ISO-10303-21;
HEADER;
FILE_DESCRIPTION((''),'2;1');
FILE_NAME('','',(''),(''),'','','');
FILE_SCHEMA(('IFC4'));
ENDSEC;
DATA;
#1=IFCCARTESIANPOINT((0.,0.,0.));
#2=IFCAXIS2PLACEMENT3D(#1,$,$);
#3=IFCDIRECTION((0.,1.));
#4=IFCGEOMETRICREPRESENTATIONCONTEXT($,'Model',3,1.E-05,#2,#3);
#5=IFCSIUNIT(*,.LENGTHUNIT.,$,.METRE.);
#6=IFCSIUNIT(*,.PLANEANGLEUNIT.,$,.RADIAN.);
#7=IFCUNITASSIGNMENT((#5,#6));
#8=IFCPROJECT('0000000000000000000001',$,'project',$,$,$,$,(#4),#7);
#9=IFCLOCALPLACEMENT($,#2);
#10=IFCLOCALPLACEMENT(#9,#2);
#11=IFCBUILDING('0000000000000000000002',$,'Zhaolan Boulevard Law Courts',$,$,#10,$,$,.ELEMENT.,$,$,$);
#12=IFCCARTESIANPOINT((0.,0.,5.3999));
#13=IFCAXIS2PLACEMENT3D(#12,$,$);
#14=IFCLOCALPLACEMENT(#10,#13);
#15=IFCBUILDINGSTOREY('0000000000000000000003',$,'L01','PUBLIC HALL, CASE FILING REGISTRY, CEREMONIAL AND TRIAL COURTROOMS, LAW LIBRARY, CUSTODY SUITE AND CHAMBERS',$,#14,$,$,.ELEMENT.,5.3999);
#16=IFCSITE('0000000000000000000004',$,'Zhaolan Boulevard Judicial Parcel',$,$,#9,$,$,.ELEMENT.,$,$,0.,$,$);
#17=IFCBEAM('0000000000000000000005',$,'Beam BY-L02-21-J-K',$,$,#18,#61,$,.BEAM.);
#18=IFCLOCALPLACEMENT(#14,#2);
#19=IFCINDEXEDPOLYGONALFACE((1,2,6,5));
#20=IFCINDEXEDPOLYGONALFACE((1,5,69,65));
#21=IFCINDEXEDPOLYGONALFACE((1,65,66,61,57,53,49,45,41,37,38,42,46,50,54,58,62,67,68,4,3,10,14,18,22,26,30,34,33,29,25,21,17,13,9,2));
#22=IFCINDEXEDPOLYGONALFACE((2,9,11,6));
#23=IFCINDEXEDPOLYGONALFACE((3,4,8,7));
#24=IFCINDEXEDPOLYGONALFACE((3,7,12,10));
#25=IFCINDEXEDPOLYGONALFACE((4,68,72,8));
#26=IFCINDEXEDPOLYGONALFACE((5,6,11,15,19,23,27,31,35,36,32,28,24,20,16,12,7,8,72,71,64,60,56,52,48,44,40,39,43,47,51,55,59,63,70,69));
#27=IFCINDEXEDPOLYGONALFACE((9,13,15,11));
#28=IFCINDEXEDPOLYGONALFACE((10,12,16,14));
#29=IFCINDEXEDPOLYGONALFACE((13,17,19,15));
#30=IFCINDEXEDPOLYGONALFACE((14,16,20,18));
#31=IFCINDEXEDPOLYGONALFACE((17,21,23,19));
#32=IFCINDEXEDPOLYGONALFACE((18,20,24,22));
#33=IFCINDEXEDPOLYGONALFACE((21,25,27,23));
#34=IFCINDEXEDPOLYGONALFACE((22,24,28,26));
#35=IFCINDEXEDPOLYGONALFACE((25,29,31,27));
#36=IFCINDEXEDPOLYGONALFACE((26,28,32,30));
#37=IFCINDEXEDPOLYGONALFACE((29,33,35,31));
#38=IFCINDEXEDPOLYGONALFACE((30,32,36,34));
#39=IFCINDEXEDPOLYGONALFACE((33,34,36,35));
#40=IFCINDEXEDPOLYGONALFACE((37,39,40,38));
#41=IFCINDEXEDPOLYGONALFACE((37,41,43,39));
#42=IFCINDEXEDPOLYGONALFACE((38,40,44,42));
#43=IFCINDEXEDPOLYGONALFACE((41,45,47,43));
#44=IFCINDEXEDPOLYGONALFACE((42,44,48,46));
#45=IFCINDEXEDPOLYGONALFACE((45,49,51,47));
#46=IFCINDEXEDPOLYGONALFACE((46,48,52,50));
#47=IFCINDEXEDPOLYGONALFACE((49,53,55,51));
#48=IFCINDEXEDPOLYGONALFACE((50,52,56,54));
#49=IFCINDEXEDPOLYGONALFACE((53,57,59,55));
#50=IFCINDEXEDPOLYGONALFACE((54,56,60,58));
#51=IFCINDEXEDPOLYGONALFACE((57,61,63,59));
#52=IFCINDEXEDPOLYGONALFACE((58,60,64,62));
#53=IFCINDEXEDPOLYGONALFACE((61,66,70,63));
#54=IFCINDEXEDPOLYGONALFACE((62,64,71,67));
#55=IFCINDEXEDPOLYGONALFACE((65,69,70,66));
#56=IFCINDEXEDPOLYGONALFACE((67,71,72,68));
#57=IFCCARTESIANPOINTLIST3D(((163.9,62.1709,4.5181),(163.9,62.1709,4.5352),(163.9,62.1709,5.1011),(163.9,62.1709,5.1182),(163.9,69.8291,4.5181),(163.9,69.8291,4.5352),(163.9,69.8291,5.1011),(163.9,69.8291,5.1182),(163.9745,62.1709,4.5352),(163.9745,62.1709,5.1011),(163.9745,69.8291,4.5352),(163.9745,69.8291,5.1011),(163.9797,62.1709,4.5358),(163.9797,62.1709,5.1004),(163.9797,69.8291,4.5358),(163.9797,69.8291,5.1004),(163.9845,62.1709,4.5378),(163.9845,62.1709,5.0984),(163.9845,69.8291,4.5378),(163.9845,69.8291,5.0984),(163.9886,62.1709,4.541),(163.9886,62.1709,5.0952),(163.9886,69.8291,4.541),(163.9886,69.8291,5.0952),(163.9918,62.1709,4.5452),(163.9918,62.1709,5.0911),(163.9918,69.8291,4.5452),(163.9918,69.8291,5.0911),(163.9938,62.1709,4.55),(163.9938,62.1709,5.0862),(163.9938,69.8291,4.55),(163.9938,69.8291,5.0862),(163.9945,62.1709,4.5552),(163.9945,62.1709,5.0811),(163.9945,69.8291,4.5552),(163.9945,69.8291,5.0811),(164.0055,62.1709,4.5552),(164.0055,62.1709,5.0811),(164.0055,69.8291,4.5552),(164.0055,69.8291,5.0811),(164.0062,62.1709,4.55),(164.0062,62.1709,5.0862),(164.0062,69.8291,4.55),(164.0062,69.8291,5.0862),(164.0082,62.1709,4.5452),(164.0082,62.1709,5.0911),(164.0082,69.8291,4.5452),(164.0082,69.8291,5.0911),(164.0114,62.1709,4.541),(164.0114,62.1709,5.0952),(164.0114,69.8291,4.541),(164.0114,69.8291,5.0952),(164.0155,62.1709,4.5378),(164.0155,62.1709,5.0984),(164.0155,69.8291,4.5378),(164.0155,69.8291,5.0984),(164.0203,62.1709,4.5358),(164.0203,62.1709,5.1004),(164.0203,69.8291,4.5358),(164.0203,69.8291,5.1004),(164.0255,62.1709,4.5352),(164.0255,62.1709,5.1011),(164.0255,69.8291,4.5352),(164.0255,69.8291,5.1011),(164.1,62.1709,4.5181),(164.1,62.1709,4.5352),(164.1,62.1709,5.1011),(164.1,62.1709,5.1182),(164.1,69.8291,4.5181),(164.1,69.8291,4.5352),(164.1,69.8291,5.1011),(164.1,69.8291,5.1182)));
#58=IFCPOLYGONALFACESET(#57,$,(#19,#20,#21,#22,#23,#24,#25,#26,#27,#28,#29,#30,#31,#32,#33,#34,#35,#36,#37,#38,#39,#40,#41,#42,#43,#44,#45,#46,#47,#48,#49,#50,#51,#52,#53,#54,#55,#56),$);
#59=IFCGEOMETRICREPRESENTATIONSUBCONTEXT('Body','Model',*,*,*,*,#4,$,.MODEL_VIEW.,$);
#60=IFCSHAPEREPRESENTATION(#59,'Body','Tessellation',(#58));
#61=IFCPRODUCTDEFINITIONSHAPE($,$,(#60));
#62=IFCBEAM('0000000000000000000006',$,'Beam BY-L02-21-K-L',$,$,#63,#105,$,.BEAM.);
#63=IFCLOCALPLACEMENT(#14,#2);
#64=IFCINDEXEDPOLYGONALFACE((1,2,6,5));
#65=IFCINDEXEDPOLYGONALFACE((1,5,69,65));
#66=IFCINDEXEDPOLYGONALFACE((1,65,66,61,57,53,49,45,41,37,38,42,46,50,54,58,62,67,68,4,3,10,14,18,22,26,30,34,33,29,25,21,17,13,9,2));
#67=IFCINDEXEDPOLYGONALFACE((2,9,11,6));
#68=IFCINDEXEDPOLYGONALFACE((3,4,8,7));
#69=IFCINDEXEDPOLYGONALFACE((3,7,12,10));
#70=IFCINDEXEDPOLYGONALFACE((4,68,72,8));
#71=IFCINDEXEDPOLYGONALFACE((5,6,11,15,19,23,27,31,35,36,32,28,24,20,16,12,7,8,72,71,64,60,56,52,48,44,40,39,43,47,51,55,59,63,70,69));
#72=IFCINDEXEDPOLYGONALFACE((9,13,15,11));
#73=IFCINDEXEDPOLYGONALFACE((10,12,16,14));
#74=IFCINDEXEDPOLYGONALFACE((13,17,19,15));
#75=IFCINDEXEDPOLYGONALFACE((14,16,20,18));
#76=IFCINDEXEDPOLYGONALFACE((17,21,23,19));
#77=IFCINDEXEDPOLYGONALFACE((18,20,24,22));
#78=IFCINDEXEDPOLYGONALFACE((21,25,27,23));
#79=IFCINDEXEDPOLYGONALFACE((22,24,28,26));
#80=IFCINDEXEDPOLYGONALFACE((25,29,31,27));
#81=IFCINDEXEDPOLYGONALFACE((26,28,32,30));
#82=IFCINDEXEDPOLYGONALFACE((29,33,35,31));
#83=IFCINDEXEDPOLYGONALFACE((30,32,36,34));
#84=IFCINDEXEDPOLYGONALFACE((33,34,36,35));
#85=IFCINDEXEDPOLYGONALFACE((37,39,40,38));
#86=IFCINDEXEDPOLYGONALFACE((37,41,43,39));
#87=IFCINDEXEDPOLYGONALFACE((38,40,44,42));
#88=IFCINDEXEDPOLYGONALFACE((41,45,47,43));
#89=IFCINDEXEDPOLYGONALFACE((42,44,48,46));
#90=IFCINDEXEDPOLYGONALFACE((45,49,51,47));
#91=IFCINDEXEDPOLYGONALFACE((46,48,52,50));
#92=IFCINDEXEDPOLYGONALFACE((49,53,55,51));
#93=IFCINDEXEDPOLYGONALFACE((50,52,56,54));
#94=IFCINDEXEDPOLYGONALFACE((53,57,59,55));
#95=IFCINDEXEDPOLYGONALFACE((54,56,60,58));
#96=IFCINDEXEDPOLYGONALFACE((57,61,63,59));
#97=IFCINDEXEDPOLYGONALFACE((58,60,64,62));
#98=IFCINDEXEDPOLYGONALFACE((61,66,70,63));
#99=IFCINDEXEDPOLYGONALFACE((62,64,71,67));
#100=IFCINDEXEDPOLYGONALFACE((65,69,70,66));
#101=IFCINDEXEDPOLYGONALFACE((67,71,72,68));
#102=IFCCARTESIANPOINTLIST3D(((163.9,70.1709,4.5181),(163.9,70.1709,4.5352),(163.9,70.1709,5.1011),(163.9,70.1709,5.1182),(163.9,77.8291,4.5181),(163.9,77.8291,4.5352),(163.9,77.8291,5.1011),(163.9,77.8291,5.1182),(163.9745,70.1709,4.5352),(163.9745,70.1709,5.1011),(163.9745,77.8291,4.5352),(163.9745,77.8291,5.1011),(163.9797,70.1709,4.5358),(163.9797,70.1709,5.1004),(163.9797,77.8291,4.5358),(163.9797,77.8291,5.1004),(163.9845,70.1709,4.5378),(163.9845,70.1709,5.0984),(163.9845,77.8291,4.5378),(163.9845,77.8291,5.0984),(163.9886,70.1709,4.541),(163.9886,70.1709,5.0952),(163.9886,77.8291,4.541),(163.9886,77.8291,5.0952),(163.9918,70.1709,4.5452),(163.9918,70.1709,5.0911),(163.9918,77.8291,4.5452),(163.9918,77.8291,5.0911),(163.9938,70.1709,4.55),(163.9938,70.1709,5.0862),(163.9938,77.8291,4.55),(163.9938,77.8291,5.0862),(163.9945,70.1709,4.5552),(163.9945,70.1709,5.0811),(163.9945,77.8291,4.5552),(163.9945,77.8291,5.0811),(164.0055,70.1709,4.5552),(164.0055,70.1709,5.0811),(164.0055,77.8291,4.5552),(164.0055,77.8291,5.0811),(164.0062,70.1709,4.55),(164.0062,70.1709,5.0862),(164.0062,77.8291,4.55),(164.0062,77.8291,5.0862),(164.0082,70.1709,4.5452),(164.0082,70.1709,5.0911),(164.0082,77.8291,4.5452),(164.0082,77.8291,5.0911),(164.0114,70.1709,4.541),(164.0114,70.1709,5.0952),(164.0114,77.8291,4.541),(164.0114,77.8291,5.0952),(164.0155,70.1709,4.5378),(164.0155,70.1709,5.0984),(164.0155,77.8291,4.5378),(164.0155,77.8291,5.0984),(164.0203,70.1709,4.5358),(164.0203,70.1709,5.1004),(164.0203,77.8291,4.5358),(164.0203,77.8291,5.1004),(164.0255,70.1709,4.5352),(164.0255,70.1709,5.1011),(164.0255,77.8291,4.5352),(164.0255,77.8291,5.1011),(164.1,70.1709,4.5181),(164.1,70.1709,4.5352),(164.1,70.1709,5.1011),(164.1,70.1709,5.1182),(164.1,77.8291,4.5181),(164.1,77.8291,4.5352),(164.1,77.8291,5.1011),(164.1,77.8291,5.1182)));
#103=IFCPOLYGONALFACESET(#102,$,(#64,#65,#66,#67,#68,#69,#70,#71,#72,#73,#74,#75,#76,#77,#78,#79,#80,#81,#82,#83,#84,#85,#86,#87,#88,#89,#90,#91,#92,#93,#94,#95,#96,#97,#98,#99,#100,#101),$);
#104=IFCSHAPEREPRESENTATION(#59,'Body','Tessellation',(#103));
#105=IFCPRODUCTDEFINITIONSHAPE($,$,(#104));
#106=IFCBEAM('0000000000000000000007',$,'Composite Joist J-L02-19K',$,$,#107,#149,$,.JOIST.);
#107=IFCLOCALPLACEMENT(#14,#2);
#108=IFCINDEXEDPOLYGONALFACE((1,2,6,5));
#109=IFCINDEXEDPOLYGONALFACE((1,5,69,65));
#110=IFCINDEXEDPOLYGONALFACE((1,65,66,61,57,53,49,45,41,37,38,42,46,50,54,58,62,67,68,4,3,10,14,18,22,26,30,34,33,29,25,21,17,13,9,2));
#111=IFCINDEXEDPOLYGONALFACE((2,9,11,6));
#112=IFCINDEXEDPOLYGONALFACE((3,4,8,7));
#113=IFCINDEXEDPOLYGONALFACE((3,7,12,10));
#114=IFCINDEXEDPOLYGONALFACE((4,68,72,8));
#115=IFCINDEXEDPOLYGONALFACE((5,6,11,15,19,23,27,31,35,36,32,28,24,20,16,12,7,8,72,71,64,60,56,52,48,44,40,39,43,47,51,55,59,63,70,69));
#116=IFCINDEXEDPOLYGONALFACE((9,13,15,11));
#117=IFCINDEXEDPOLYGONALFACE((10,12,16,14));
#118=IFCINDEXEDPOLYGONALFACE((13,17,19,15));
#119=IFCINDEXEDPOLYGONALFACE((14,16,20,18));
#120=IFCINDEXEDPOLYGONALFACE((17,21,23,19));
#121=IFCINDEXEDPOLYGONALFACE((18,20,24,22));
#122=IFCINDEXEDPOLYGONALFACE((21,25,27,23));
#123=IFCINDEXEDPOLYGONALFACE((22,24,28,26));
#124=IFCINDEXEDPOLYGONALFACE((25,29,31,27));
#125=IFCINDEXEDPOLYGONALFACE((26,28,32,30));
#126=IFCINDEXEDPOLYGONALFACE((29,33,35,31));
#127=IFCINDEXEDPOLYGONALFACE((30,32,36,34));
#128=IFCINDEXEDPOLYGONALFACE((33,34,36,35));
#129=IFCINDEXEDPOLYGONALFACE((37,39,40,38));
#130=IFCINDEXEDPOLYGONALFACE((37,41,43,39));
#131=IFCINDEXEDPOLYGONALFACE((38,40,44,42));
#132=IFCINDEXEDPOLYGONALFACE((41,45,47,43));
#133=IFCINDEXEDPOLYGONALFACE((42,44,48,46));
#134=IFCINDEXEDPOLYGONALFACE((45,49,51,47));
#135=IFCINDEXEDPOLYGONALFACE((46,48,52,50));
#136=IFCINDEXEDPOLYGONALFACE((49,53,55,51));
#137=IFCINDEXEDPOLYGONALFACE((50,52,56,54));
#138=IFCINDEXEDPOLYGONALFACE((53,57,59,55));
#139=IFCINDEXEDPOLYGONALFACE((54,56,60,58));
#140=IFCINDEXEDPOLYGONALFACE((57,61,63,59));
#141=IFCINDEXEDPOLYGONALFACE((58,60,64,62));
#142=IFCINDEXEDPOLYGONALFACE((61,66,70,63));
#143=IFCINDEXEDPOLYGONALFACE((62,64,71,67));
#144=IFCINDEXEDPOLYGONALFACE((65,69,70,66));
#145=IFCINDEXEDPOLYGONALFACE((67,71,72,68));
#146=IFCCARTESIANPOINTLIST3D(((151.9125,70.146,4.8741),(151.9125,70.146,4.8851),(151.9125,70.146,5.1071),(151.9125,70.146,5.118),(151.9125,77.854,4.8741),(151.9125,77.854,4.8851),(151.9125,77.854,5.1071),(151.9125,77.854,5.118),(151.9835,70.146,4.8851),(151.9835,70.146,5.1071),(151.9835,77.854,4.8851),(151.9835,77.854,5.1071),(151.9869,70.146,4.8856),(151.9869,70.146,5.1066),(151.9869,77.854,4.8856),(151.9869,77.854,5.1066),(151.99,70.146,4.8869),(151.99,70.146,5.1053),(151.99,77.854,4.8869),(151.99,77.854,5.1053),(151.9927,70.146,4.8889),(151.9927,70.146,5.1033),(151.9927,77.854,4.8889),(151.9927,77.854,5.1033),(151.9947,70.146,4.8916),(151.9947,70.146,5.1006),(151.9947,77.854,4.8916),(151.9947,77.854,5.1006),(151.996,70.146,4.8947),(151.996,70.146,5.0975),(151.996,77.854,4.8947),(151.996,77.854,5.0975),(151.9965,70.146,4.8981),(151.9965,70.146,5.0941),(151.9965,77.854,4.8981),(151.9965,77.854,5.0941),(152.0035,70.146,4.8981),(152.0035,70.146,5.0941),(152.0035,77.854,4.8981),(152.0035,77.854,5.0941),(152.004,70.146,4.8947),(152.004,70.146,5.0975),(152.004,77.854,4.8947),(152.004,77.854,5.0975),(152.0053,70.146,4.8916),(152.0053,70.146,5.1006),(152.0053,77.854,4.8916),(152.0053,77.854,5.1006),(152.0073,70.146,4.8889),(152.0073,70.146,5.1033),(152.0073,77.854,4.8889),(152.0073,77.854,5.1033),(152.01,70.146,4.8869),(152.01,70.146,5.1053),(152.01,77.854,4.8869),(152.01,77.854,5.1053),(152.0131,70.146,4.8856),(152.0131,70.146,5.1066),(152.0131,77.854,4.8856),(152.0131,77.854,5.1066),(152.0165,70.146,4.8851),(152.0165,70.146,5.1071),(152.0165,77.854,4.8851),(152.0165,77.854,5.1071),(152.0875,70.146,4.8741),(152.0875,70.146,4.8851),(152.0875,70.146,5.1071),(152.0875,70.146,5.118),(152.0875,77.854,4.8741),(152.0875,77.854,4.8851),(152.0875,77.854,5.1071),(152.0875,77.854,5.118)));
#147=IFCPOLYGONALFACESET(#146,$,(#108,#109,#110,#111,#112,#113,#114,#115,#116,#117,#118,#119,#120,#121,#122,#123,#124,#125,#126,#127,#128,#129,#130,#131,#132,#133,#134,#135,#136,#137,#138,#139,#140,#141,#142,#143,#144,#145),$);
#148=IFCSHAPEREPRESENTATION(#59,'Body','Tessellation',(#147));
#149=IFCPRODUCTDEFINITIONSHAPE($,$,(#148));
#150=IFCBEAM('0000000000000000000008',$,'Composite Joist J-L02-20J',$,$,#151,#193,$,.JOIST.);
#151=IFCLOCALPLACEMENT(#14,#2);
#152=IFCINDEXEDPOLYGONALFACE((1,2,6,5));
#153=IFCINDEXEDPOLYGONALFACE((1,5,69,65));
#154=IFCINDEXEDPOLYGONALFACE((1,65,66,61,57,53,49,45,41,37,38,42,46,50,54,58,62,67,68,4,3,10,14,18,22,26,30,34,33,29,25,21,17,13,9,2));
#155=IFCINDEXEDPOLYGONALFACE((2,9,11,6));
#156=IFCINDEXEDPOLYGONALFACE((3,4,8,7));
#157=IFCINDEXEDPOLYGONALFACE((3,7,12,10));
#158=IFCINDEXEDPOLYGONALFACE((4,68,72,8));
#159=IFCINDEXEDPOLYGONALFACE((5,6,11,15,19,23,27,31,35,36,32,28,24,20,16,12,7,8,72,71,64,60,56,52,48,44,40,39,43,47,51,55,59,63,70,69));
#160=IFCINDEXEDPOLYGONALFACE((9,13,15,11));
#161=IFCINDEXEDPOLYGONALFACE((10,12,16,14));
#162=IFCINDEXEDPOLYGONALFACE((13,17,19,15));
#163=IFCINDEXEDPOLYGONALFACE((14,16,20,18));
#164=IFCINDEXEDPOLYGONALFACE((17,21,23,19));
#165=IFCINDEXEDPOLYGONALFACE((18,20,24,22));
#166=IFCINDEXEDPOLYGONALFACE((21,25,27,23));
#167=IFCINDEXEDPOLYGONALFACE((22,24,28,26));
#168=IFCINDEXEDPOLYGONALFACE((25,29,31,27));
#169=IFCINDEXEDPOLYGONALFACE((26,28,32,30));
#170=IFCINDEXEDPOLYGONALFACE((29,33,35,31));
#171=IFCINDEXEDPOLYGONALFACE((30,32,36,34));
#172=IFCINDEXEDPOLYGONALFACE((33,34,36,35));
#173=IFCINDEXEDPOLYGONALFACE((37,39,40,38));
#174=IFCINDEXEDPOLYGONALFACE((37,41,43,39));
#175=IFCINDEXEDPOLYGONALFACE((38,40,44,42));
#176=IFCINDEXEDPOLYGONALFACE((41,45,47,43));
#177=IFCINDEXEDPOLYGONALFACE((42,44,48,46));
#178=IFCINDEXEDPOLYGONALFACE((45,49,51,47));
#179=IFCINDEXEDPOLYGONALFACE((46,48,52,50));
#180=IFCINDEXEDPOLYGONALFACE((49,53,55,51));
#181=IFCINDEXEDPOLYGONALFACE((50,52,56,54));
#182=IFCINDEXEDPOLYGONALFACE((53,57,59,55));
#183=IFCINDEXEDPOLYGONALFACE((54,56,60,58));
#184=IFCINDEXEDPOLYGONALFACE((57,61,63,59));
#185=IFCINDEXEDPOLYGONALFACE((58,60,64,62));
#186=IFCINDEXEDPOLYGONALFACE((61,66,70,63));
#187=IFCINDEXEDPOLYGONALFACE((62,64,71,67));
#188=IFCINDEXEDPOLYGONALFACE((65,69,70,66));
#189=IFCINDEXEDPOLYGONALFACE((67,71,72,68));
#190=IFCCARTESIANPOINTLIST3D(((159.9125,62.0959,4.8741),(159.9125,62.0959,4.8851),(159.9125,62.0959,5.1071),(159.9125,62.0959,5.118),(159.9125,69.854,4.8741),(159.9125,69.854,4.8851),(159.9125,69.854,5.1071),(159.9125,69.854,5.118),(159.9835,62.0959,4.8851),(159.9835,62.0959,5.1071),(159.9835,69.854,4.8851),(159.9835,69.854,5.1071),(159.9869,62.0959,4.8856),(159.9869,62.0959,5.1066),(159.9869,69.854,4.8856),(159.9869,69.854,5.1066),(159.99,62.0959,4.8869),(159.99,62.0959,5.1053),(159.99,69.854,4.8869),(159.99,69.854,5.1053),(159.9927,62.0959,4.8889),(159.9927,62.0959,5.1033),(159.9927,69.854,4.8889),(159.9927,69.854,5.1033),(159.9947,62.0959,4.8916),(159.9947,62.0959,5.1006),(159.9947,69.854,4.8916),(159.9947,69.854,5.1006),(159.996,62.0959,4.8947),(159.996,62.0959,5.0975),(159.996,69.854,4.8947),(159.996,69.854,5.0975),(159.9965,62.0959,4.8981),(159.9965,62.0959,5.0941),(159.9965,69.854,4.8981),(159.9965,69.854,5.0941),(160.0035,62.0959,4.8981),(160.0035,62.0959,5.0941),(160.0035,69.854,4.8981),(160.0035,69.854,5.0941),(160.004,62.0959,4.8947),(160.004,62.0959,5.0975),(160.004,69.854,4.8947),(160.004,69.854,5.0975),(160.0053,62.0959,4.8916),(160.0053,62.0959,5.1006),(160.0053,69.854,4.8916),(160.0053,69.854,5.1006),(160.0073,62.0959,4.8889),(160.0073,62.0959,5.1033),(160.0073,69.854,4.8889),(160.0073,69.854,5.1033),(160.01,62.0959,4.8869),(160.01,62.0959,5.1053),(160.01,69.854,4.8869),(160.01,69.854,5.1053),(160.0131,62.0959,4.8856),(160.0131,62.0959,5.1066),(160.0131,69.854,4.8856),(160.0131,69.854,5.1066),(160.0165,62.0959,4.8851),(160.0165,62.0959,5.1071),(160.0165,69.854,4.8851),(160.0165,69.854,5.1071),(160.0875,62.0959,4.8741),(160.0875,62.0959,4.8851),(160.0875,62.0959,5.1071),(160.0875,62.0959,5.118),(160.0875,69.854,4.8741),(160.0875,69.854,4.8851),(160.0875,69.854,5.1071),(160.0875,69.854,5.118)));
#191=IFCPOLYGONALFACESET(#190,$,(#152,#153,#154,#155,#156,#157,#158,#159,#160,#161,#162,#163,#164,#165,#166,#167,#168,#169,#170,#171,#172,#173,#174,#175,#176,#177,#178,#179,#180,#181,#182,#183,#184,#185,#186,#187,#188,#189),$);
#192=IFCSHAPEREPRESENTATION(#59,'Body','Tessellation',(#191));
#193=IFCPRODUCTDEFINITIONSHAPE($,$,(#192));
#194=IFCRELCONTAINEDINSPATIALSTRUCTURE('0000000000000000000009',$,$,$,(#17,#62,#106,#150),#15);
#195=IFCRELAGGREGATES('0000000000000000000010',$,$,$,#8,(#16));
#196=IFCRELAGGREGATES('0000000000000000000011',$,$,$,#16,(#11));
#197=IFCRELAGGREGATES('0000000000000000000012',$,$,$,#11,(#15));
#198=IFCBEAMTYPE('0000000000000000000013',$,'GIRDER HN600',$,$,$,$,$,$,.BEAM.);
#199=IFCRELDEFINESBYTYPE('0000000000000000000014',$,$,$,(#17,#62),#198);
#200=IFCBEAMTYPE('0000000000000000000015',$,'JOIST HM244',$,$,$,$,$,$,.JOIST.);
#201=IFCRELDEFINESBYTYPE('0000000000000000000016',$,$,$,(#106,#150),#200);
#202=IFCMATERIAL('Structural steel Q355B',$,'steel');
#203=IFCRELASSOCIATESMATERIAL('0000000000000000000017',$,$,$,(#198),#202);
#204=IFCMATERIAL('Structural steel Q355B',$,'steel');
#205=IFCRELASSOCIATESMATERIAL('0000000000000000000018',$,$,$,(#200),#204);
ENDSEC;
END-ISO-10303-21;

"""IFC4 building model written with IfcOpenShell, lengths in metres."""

from ifc_helpers import new_model, si_unit, direction, frame, origin, origin_2d, place, context, subcontext, project, spatial, i_section, extrude, material, material_profile, profile_set, type_object, element, save


model = new_model("IFC4")

# Units and contexts
model_context = context("Model", 3, precision=1e-05, world=origin(), true_north=direction((0.0, 1.0)))
body_context = subcontext(model_context, "Body", "Model", "MODEL_VIEW")
ifc_project = project(units=[si_unit("LENGTHUNIT", "METRE"), si_unit("PLANEANGLEUNIT", "RADIAN")], contexts=[model_context])

# Site, building, storey
site_placement = place(None, origin())
site = spatial("IfcSite", under=ifc_project, at=site_placement, Name="Zhaolan Boulevard Judicial Parcel", CompositionType="ELEMENT", RefElevation=0.0)
building_placement = place(site_placement, origin())
building = spatial("IfcBuilding", under=site, at=building_placement, Name="Zhaolan Boulevard Law Courts", CompositionType="ELEMENT")
storey_placement = place(building_placement, frame((0.0, 0.0, 5.3999)))
storey = spatial("IfcBuildingStorey", under=building, at=storey_placement, Name="L01", Description="PUBLIC HALL, CASE FILING REGISTRY, CEREMONIAL AND TRIAL COURTROOMS, LAW LIBRARY, CUSTODY SUITE AND CHAMBERS", CompositionType="ELEMENT", Elevation=5.3999)

# Beams
ifc_material_1 = material(Name="Structural steel Q355B", Category="steel")
ifc_material_profile_1 = material_profile(ifc_material_1, i_section(OverallWidth=0.2, OverallDepth=0.6001, WebThickness=0.011, FlangeThickness=0.0171, FilletRadius=0.02, at=origin_2d()), Name="HN600x200")
ifc_profile_set_1 = profile_set([ifc_material_profile_1], Name="Structural steel Q355B")
beam_type_1 = type_object("IfcBeamType", Name="GIRDER HN600", PredefinedType="BEAM", material=ifc_profile_set_1)
for number, where, z_axis, x_axis, name in (
    (1, (164.0, 62.1709, 4.8181), (0.0, 1.0, 0.0), (-1.0, 0.0, 0.0), "Beam BY-L02-21-J-K"),
    (2, (164.0, 70.1709, 4.8181), (0.0, 1.0, 0.0), (-1.0, 0.0, 0.0), "Beam BY-L02-21-K-L"),
):
    element("IfcBeam", number, at=place(storey_placement, frame(where, z_axis=z_axis, x_axis=x_axis)), inside=storey, type_object=beam_type_1, Name=name, PredefinedType="BEAM", context=body_context, shape_type="SweptSolid", body=[
        extrude(i_section(OverallWidth=0.2, OverallDepth=0.6001, WebThickness=0.011, FlangeThickness=0.0171, FilletRadius=0.02, at=origin_2d()), origin(), (0.0, 0.0, 1.0), 7.6582),
    ])
ifc_material_2 = material(Name="Structural steel Q355B", Category="steel")
ifc_material_profile_2 = material_profile(ifc_material_2, i_section(OverallWidth=0.175, OverallDepth=0.2439, WebThickness=0.0071, FlangeThickness=0.011, FilletRadius=0.0129, at=origin_2d()), Name="HM244x175")
ifc_profile_set_2 = profile_set([ifc_material_profile_2], Name="Structural steel Q355B")
beam_type_2 = type_object("IfcBeamType", Name="JOIST HM244", PredefinedType="JOIST", material=ifc_profile_set_2)
beam_1_placement = place(storey_placement, frame((152.0, 70.146, 4.9961), z_axis=(0.0, 1.0, 0.0), x_axis=(-1.0, 0.0, 0.0)))
element("IfcBeam", 3, at=beam_1_placement, inside=storey, type_object=beam_type_2, Name="Composite Joist J-L02-19K", PredefinedType="JOIST", context=body_context, shape_type="SweptSolid", body=[
    extrude(i_section(OverallWidth=0.175, OverallDepth=0.2439, WebThickness=0.0071, FlangeThickness=0.011, FilletRadius=0.0129, at=origin_2d()), origin(), (0.0, 0.0, 1.0), 7.708),
])
beam_2_placement = place(storey_placement, frame((160.0, 62.0959, 4.9961), z_axis=(0.0, 1.0, 0.0), x_axis=(-1.0, 0.0, 0.0)))
element("IfcBeam", 4, at=beam_2_placement, inside=storey, type_object=beam_type_2, Name="Composite Joist J-L02-20J", PredefinedType="JOIST", context=body_context, shape_type="SweptSolid", body=[
    extrude(i_section(OverallWidth=0.175, OverallDepth=0.2439, WebThickness=0.0071, FlangeThickness=0.011, FilletRadius=0.0129, at=origin_2d()), origin(), (0.0, 0.0, 1.0), 7.7581),
])

save(model, "model.ifc")
